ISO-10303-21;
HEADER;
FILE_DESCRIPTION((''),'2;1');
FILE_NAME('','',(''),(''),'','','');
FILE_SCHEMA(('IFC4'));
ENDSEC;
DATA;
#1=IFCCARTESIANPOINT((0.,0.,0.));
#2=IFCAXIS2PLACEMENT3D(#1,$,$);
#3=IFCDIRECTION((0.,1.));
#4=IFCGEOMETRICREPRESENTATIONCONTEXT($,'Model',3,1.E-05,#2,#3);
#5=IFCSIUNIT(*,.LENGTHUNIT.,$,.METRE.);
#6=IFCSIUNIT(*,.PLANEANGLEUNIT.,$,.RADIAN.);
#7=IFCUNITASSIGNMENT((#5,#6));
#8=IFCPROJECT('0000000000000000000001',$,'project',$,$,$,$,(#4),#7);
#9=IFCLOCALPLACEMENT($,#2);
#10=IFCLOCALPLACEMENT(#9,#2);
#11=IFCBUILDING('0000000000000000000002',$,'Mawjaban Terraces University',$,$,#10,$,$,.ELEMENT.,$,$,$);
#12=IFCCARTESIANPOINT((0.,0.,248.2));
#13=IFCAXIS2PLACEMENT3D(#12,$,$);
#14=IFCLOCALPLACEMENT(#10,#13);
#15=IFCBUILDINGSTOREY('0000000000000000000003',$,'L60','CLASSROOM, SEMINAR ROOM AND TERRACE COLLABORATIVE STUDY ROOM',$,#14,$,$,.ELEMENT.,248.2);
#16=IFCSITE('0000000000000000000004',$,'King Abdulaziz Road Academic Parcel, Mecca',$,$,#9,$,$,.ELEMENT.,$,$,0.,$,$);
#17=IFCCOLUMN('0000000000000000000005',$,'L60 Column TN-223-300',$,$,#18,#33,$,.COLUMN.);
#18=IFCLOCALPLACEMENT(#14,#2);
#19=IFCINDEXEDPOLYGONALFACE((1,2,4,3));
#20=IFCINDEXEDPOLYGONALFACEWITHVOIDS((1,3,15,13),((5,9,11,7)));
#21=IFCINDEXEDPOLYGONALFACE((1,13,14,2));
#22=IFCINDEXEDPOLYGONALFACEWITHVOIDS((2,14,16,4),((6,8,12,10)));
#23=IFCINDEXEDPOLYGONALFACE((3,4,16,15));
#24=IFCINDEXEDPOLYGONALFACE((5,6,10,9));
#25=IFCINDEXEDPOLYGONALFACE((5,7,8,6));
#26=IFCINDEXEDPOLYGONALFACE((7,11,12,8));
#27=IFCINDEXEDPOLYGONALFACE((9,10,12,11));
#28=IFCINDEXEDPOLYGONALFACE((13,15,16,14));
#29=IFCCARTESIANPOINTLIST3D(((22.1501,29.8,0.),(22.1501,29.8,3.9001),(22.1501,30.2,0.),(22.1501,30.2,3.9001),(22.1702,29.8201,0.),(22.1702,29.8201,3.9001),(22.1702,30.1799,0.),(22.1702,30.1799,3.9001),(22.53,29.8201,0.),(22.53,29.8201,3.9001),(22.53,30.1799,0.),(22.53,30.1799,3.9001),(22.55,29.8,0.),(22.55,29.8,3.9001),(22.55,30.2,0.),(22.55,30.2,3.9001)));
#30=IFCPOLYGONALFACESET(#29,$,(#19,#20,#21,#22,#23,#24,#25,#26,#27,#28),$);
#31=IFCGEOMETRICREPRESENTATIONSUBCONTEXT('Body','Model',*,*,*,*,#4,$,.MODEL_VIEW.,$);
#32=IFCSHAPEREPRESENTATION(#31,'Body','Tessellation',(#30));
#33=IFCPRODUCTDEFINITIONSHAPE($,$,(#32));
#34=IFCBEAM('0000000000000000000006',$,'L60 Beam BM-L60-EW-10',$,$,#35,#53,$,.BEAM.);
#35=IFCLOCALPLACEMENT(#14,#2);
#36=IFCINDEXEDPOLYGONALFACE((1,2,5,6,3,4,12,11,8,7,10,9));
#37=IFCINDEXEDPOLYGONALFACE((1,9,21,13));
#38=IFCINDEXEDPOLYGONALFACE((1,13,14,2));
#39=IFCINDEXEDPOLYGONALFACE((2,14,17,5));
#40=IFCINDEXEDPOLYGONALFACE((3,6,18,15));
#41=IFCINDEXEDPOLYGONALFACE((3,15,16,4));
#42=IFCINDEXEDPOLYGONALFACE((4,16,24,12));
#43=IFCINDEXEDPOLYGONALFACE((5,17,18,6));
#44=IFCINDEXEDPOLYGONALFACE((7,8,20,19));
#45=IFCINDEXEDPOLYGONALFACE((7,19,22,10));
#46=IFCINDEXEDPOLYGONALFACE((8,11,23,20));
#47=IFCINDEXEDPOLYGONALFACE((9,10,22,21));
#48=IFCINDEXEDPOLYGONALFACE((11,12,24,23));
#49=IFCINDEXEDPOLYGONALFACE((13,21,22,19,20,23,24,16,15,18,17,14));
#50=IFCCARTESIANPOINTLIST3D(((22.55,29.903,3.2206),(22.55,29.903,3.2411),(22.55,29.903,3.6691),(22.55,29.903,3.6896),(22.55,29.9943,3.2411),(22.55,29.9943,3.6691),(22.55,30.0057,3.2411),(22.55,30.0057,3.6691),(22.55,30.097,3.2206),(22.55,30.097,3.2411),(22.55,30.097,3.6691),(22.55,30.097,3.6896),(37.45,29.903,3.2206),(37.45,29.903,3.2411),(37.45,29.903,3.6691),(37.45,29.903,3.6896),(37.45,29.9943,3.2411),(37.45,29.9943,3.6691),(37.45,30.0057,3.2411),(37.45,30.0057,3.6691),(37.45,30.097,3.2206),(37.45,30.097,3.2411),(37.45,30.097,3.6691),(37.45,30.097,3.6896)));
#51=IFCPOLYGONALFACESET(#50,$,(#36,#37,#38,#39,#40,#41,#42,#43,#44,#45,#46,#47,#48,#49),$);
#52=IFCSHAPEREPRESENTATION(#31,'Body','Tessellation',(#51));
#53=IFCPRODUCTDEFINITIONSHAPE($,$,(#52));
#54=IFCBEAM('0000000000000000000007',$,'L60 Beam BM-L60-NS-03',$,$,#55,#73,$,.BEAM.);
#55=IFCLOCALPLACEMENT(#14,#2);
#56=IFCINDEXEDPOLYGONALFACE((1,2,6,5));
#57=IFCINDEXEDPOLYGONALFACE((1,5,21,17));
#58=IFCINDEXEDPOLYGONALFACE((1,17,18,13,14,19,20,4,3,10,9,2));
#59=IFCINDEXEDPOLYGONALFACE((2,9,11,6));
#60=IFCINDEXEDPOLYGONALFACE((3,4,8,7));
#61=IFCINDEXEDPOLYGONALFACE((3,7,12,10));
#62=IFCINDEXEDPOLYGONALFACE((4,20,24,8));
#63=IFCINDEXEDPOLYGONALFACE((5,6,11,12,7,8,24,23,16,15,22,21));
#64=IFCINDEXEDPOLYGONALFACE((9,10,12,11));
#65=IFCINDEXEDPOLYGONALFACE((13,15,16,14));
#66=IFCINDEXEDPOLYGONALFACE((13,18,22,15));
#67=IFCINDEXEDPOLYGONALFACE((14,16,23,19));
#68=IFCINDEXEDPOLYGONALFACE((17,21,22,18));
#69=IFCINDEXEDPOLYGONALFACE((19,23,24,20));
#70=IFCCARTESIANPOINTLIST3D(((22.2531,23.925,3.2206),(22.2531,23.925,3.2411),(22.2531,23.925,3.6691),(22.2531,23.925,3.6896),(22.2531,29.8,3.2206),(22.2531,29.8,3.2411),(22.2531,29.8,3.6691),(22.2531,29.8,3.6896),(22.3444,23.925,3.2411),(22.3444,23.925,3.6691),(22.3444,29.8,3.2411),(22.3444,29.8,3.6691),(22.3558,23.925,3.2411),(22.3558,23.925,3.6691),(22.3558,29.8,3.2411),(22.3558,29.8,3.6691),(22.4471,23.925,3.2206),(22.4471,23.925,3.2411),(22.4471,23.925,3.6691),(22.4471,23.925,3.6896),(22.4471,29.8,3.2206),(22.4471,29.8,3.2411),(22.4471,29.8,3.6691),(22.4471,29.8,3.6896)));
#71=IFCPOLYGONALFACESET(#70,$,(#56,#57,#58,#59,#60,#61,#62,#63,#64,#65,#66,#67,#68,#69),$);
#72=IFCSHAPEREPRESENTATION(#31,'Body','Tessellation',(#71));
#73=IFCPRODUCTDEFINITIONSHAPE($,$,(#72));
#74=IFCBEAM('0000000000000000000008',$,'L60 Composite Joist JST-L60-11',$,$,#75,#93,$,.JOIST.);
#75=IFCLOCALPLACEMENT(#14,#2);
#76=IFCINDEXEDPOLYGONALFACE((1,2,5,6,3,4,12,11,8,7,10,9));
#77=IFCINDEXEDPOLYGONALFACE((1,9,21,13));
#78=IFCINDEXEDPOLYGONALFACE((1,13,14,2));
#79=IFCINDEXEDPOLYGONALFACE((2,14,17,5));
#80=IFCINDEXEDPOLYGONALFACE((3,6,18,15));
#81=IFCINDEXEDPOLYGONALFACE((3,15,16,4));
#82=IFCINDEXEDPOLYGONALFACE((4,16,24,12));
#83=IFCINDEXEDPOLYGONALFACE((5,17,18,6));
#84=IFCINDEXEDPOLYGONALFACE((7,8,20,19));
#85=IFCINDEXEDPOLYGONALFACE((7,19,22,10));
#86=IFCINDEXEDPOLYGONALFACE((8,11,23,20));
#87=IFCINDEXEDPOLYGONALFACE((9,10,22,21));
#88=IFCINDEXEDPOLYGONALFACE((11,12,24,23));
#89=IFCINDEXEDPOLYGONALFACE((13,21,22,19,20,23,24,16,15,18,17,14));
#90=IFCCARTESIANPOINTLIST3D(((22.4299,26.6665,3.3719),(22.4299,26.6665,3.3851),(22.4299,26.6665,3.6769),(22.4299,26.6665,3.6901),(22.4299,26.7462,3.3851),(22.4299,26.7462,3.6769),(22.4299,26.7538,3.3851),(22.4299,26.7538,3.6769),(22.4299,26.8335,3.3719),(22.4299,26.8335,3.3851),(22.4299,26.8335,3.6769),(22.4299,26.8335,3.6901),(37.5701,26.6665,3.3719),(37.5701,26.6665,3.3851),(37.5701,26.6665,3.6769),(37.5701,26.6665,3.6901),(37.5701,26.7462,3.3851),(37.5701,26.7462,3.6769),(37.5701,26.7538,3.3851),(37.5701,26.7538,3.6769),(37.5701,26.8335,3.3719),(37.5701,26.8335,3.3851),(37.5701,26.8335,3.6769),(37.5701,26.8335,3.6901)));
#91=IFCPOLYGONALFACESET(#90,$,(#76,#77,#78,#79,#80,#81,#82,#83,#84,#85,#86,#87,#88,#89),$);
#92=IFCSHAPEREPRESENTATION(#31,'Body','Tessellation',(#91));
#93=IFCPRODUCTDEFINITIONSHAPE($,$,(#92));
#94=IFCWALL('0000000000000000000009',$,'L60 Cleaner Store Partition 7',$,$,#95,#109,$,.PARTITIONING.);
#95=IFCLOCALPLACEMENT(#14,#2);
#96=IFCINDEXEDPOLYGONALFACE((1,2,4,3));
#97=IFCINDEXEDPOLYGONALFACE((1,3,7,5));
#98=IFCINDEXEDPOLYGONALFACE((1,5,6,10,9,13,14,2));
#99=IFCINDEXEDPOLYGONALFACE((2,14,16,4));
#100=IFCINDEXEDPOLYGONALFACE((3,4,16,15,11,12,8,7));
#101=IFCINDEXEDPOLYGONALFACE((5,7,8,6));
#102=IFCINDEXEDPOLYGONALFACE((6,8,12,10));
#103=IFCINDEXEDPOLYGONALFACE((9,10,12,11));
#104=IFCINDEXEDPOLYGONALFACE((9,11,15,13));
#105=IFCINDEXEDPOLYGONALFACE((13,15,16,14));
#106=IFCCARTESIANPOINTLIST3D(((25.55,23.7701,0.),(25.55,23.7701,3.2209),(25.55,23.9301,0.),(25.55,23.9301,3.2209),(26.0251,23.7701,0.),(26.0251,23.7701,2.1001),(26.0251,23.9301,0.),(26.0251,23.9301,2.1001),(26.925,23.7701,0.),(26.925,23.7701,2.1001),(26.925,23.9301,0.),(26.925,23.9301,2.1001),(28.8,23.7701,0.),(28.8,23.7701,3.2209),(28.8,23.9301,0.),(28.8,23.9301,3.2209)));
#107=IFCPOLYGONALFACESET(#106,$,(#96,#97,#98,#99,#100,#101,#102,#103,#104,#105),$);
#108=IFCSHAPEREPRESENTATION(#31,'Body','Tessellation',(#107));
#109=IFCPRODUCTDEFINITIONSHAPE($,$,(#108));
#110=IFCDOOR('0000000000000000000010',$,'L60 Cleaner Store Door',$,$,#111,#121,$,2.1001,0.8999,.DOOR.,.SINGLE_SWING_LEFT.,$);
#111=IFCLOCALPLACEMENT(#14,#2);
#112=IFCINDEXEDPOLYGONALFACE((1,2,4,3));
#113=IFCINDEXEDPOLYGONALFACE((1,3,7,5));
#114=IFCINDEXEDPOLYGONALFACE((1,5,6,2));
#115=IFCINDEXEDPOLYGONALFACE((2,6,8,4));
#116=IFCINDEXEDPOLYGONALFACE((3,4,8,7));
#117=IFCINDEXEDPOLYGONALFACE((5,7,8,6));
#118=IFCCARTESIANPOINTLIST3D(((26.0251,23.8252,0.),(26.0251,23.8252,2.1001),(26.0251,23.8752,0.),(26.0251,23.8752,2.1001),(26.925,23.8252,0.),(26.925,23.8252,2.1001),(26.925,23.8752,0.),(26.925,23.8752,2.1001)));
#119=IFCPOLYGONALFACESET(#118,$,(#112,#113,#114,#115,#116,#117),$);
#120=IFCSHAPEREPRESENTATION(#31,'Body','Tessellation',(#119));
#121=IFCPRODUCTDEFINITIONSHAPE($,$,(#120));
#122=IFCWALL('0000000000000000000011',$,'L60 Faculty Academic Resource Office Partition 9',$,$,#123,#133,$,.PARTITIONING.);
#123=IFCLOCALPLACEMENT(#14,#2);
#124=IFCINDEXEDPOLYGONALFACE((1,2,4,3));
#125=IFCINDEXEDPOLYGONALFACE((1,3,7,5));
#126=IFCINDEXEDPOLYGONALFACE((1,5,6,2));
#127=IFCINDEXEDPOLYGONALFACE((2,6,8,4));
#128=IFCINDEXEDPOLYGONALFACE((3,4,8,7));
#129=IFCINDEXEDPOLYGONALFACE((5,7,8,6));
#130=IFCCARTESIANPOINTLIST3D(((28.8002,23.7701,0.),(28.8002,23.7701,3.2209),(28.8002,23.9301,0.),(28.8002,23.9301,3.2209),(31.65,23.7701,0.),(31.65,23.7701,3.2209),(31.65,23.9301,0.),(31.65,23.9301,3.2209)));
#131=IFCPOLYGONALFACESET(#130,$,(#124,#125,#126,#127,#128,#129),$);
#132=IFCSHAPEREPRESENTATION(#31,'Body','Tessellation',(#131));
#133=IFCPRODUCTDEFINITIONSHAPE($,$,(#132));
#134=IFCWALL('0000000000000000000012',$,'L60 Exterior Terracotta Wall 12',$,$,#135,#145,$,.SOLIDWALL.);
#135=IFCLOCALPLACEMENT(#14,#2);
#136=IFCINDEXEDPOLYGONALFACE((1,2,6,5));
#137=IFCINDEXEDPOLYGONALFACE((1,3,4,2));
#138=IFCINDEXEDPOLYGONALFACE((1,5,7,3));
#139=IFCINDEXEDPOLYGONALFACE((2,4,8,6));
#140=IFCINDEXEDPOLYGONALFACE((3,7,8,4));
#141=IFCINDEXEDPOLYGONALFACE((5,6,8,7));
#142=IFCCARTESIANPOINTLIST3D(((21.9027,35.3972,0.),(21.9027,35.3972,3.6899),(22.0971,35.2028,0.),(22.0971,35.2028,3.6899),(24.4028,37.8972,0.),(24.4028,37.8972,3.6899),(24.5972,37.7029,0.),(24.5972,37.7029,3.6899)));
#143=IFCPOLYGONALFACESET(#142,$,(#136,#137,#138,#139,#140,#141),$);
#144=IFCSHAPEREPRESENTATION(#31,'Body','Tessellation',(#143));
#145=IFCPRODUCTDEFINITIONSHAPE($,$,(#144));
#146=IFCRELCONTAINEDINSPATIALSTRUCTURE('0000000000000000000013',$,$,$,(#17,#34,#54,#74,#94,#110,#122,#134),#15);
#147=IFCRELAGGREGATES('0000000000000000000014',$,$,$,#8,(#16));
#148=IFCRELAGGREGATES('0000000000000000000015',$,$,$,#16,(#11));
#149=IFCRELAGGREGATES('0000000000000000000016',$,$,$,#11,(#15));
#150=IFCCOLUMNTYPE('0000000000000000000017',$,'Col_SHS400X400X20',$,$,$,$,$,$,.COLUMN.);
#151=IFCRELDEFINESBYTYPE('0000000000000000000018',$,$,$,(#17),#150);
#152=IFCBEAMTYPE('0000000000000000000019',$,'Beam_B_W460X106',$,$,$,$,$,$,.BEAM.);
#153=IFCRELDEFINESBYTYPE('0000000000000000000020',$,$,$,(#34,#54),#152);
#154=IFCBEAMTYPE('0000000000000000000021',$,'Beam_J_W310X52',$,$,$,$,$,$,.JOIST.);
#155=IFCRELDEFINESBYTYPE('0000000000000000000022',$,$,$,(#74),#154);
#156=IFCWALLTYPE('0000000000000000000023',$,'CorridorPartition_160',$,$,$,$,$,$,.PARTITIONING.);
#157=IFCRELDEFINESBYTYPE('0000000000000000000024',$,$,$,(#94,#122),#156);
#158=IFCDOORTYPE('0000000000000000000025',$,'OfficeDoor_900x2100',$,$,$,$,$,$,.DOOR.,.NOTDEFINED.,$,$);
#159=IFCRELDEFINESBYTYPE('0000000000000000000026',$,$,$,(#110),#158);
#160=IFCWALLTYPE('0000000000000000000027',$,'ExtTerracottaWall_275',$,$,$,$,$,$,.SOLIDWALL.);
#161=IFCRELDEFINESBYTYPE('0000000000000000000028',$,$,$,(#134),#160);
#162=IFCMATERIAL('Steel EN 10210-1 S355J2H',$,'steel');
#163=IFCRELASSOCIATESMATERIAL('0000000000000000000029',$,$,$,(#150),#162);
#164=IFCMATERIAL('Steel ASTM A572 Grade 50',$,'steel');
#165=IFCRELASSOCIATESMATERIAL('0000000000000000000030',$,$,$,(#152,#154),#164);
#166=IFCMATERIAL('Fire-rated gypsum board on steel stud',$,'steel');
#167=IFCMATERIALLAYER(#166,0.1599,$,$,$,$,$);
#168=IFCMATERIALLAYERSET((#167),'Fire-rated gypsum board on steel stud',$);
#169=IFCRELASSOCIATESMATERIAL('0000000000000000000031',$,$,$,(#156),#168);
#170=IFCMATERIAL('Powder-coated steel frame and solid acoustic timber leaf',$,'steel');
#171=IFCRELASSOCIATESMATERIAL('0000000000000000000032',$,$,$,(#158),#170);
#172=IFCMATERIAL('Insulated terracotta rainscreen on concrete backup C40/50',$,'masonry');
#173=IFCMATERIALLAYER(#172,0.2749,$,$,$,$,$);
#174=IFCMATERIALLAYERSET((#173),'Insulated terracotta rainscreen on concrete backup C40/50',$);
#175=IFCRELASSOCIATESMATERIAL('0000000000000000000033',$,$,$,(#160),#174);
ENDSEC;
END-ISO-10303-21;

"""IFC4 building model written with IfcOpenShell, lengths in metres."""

from ifc_helpers import new_model, si_unit, direction, frame, frame_2d, origin, origin_2d, place, context, subcontext, project, spatial, rectangle, hollow_rectangle, i_section, extrude, material, layer, layer_set, material_profile, profile_set, type_object, element, fill, save


model = new_model("IFC4")

# Units and contexts
model_context = context("Model", 3, precision=1e-05, world=origin(), true_north=direction((0.0, 1.0)))
body_context = subcontext(model_context, "Body", "Model", "MODEL_VIEW")
ifc_project = project(units=[si_unit("LENGTHUNIT", "METRE"), si_unit("PLANEANGLEUNIT", "RADIAN")], contexts=[model_context])

# Site, building, storey
site_placement = place(None, origin())
site = spatial("IfcSite", under=ifc_project, at=site_placement, Name="King Abdulaziz Road Academic Parcel, Mecca", CompositionType="ELEMENT", RefElevation=0.0)
building_placement = place(site_placement, origin())
building = spatial("IfcBuilding", under=site, at=building_placement, Name="Mawjaban Terraces University", CompositionType="ELEMENT")
storey_placement = place(building_placement, frame((0.0, 0.0, 248.2)))
storey = spatial("IfcBuildingStorey", under=building, at=storey_placement, Name="L60", Description="CLASSROOM, SEMINAR ROOM AND TERRACE COLLABORATIVE STUDY ROOM", CompositionType="ELEMENT", Elevation=248.2)

# Column
ifc_material_1 = material(Name="Steel EN 10210-1 S355J2H", Category="steel")
ifc_material_profile_1 = material_profile(ifc_material_1, hollow_rectangle(XDim=0.3999, YDim=0.3999, WallThickness=0.02, at=origin_2d()), Name="SHS400X400X20")
ifc_profile_set_1 = profile_set([ifc_material_profile_1], Name="Steel EN 10210-1 S355J2H")
column_type = type_object("IfcColumnType", Name="Col_SHS400X400X20", PredefinedType="COLUMN", material=ifc_profile_set_1)
column_placement = place(storey_placement, frame((22.3501, 30.0, 0.0), z_axis=(0.0, 0.0, 1.0), x_axis=(1.0, 0.0, 0.0)))
element("IfcColumn", 1, at=column_placement, inside=storey, type_object=column_type, Name="L60 Column TN-223-300", PredefinedType="COLUMN", context=body_context, shape_type="SweptSolid", body=[
    extrude(hollow_rectangle(XDim=0.3999, YDim=0.3999, WallThickness=0.02, at=origin_2d()), origin(), (0.0, 0.0, 1.0), 3.9001),
])

# Beams
ifc_material_2 = material(Name="Steel ASTM A572 Grade 50", Category="steel")
ifc_material_profile_2 = material_profile(ifc_material_2, i_section(OverallWidth=0.1941, OverallDepth=0.469, WebThickness=0.0115, FlangeThickness=0.0205, at=origin_2d()), Name="W460X106")
ifc_profile_set_2 = profile_set([ifc_material_profile_2], Name="Steel ASTM A572 Grade 50")
beam_type_1 = type_object("IfcBeamType", Name="Beam_B_W460X106", PredefinedType="BEAM", material=ifc_profile_set_2)
beam_1_placement = place(storey_placement, frame((22.55, 30.0, 3.4551), z_axis=(1.0, 0.0, 0.0), x_axis=(0.0, 1.0, 0.0)))
element("IfcBeam", 2, at=beam_1_placement, inside=storey, type_object=beam_type_1, Name="L60 Beam BM-L60-EW-10", PredefinedType="BEAM", context=body_context, shape_type="SweptSolid", body=[
    extrude(i_section(OverallWidth=0.1941, OverallDepth=0.469, WebThickness=0.0115, FlangeThickness=0.0205, at=origin_2d()), origin(), (0.0, 0.0, 1.0), 14.8999),
])
beam_2_placement = place(storey_placement, frame((22.3501, 23.925, 3.4551), z_axis=(0.0, 1.0, 0.0), x_axis=(-1.0, 0.0, 0.0)))
element("IfcBeam", 3, at=beam_2_placement, inside=storey, type_object=beam_type_1, Name="L60 Beam BM-L60-NS-03", PredefinedType="BEAM", context=body_context, shape_type="SweptSolid", body=[
    extrude(i_section(OverallWidth=0.1941, OverallDepth=0.469, WebThickness=0.0115, FlangeThickness=0.0205, at=origin_2d()), origin(), (0.0, 0.0, 1.0), 5.875),
])
ifc_material_profile_3 = material_profile(ifc_material_2, i_section(OverallWidth=0.167, OverallDepth=0.3181, WebThickness=0.0076, FlangeThickness=0.0132, at=origin_2d()), Name="W310X52")
ifc_profile_set_3 = profile_set([ifc_material_profile_3], Name="Steel ASTM A572 Grade 50")
beam_type_2 = type_object("IfcBeamType", Name="Beam_J_W310X52", PredefinedType="JOIST", material=ifc_profile_set_3)
beam_3_placement = place(storey_placement, frame((22.4299, 26.75, 3.531), z_axis=(1.0, 0.0, 0.0), x_axis=(0.0, 1.0, 0.0)))
element("IfcBeam", 4, at=beam_3_placement, inside=storey, type_object=beam_type_2, Name="L60 Composite Joist JST-L60-11", PredefinedType="JOIST", context=body_context, shape_type="SweptSolid", body=[
    extrude(i_section(OverallWidth=0.167, OverallDepth=0.3181, WebThickness=0.0076, FlangeThickness=0.0132, at=origin_2d()), origin(), (0.0, 0.0, 1.0), 15.1401),
])

# Wall, opening, door
ifc_material_3 = material(Name="Fire-rated gypsum board on steel stud", Category="steel")
ifc_layer_1 = layer(ifc_material_3, 0.1599)
ifc_layer_set_1 = layer_set([ifc_layer_1], Name="Fire-rated gypsum board on steel stud")
wall_type_1 = type_object("IfcWallType", Name="CorridorPartition_160", PredefinedType="PARTITIONING", material=ifc_layer_set_1)
wall_1_placement = place(storey_placement, frame((28.8, 23.8501, 0.0), z_axis=(0.0, 0.0, 1.0), x_axis=(-1.0, 0.0, 0.0)))
wall_1 = element("IfcWall", 5, at=wall_1_placement, inside=storey, type_object=wall_type_1, Name="L60 Cleaner Store Partition 7", PredefinedType="PARTITIONING", context=body_context, shape_type="SweptSolid", body=[
    extrude(rectangle(XDim=3.25, YDim=0.1599, at=frame_2d((1.625, 0.0))), origin(), (0.0, 0.0, 1.0), 3.2209),
])
opening_1_placement = place(wall_1_placement, frame((1.875, 0.0, 0.0)))
opening_1 = element("IfcOpeningElement", 6, at=opening_1_placement, cuts=wall_1, PredefinedType="OPENING", context=body_context, shape_type="SweptSolid", body=[
    extrude(rectangle(XDim=0.8999, YDim=2.1001, at=frame_2d((0.45, 1.05))), frame((0.0, 0.0898, 0.0), z_axis=(0.0, -1.0, 0.0), x_axis=(1.0, 0.0, 0.0)), (0.0, 0.0, 1.0), 0.1799),
])
ifc_material_4 = material(Name="Powder-coated steel frame and solid acoustic timber leaf", Category="steel")
door_type_1 = type_object("IfcDoorType", Name="OfficeDoor_900x2100", OperationType="NOTDEFINED", PredefinedType="DOOR", material=ifc_material_4)
door_1_placement = place(opening_1_placement, origin())
door_1 = element("IfcDoor", 7, at=door_1_placement, inside=storey, type_object=door_type_1, Name="L60 Cleaner Store Door", OperationType="SINGLE_SWING_LEFT", OverallHeight=2.1001, OverallWidth=0.8999, PredefinedType="DOOR", context=body_context, shape_type="SweptSolid", body=[
    extrude(rectangle(XDim=0.8999, YDim=2.1001, at=frame_2d((0.45, 1.05))), frame((0.0, 0.0249, 0.0), z_axis=(0.0, -1.0, 0.0), x_axis=(1.0, 0.0, 0.0)), (0.0, 0.0, 1.0), 0.05),
])
fill(opening_1, door_1)

# Walls
wall_2_placement = place(storey_placement, frame((31.6499, 23.8501, 0.0), z_axis=(0.0, 0.0, 1.0), x_axis=(-1.0, 0.0, 0.0)))
element("IfcWall", 8, at=wall_2_placement, inside=storey, type_object=wall_type_1, Name="L60 Faculty Academic Resource Office Partition 9", PredefinedType="PARTITIONING", context=body_context, shape_type="SweptSolid", body=[
    extrude(rectangle(XDim=2.8499, YDim=0.1599, at=frame_2d((1.4248, 0.0))), origin(), (0.0, 0.0, 1.0), 3.2209),
])
ifc_material_5 = material(Name="Insulated terracotta rainscreen on concrete backup C40/50", Category="masonry")
ifc_layer_2 = layer(ifc_material_5, 0.2749)
ifc_layer_set_2 = layer_set([ifc_layer_2], Name="Insulated terracotta rainscreen on concrete backup C40/50")
wall_type_2 = type_object("IfcWallType", Name="ExtTerracottaWall_275", PredefinedType="SOLIDWALL", material=ifc_layer_set_2)
wall_3_placement = place(storey_placement, frame((24.5, 37.8, 0.0), z_axis=(0.0, 0.0, 1.0), x_axis=(-0.707107, -0.707107, 0.0)))
element("IfcWall", 9, at=wall_3_placement, inside=storey, type_object=wall_type_2, Name="L60 Exterior Terracotta Wall 12", PredefinedType="SOLIDWALL", context=body_context, shape_type="SweptSolid", body=[
    extrude(rectangle(XDim=3.5356, YDim=0.2749, at=frame_2d((1.7678, 0.0))), origin(), (0.0, 0.0, 1.0), 3.6899),
])

save(model, "model.ifc")
